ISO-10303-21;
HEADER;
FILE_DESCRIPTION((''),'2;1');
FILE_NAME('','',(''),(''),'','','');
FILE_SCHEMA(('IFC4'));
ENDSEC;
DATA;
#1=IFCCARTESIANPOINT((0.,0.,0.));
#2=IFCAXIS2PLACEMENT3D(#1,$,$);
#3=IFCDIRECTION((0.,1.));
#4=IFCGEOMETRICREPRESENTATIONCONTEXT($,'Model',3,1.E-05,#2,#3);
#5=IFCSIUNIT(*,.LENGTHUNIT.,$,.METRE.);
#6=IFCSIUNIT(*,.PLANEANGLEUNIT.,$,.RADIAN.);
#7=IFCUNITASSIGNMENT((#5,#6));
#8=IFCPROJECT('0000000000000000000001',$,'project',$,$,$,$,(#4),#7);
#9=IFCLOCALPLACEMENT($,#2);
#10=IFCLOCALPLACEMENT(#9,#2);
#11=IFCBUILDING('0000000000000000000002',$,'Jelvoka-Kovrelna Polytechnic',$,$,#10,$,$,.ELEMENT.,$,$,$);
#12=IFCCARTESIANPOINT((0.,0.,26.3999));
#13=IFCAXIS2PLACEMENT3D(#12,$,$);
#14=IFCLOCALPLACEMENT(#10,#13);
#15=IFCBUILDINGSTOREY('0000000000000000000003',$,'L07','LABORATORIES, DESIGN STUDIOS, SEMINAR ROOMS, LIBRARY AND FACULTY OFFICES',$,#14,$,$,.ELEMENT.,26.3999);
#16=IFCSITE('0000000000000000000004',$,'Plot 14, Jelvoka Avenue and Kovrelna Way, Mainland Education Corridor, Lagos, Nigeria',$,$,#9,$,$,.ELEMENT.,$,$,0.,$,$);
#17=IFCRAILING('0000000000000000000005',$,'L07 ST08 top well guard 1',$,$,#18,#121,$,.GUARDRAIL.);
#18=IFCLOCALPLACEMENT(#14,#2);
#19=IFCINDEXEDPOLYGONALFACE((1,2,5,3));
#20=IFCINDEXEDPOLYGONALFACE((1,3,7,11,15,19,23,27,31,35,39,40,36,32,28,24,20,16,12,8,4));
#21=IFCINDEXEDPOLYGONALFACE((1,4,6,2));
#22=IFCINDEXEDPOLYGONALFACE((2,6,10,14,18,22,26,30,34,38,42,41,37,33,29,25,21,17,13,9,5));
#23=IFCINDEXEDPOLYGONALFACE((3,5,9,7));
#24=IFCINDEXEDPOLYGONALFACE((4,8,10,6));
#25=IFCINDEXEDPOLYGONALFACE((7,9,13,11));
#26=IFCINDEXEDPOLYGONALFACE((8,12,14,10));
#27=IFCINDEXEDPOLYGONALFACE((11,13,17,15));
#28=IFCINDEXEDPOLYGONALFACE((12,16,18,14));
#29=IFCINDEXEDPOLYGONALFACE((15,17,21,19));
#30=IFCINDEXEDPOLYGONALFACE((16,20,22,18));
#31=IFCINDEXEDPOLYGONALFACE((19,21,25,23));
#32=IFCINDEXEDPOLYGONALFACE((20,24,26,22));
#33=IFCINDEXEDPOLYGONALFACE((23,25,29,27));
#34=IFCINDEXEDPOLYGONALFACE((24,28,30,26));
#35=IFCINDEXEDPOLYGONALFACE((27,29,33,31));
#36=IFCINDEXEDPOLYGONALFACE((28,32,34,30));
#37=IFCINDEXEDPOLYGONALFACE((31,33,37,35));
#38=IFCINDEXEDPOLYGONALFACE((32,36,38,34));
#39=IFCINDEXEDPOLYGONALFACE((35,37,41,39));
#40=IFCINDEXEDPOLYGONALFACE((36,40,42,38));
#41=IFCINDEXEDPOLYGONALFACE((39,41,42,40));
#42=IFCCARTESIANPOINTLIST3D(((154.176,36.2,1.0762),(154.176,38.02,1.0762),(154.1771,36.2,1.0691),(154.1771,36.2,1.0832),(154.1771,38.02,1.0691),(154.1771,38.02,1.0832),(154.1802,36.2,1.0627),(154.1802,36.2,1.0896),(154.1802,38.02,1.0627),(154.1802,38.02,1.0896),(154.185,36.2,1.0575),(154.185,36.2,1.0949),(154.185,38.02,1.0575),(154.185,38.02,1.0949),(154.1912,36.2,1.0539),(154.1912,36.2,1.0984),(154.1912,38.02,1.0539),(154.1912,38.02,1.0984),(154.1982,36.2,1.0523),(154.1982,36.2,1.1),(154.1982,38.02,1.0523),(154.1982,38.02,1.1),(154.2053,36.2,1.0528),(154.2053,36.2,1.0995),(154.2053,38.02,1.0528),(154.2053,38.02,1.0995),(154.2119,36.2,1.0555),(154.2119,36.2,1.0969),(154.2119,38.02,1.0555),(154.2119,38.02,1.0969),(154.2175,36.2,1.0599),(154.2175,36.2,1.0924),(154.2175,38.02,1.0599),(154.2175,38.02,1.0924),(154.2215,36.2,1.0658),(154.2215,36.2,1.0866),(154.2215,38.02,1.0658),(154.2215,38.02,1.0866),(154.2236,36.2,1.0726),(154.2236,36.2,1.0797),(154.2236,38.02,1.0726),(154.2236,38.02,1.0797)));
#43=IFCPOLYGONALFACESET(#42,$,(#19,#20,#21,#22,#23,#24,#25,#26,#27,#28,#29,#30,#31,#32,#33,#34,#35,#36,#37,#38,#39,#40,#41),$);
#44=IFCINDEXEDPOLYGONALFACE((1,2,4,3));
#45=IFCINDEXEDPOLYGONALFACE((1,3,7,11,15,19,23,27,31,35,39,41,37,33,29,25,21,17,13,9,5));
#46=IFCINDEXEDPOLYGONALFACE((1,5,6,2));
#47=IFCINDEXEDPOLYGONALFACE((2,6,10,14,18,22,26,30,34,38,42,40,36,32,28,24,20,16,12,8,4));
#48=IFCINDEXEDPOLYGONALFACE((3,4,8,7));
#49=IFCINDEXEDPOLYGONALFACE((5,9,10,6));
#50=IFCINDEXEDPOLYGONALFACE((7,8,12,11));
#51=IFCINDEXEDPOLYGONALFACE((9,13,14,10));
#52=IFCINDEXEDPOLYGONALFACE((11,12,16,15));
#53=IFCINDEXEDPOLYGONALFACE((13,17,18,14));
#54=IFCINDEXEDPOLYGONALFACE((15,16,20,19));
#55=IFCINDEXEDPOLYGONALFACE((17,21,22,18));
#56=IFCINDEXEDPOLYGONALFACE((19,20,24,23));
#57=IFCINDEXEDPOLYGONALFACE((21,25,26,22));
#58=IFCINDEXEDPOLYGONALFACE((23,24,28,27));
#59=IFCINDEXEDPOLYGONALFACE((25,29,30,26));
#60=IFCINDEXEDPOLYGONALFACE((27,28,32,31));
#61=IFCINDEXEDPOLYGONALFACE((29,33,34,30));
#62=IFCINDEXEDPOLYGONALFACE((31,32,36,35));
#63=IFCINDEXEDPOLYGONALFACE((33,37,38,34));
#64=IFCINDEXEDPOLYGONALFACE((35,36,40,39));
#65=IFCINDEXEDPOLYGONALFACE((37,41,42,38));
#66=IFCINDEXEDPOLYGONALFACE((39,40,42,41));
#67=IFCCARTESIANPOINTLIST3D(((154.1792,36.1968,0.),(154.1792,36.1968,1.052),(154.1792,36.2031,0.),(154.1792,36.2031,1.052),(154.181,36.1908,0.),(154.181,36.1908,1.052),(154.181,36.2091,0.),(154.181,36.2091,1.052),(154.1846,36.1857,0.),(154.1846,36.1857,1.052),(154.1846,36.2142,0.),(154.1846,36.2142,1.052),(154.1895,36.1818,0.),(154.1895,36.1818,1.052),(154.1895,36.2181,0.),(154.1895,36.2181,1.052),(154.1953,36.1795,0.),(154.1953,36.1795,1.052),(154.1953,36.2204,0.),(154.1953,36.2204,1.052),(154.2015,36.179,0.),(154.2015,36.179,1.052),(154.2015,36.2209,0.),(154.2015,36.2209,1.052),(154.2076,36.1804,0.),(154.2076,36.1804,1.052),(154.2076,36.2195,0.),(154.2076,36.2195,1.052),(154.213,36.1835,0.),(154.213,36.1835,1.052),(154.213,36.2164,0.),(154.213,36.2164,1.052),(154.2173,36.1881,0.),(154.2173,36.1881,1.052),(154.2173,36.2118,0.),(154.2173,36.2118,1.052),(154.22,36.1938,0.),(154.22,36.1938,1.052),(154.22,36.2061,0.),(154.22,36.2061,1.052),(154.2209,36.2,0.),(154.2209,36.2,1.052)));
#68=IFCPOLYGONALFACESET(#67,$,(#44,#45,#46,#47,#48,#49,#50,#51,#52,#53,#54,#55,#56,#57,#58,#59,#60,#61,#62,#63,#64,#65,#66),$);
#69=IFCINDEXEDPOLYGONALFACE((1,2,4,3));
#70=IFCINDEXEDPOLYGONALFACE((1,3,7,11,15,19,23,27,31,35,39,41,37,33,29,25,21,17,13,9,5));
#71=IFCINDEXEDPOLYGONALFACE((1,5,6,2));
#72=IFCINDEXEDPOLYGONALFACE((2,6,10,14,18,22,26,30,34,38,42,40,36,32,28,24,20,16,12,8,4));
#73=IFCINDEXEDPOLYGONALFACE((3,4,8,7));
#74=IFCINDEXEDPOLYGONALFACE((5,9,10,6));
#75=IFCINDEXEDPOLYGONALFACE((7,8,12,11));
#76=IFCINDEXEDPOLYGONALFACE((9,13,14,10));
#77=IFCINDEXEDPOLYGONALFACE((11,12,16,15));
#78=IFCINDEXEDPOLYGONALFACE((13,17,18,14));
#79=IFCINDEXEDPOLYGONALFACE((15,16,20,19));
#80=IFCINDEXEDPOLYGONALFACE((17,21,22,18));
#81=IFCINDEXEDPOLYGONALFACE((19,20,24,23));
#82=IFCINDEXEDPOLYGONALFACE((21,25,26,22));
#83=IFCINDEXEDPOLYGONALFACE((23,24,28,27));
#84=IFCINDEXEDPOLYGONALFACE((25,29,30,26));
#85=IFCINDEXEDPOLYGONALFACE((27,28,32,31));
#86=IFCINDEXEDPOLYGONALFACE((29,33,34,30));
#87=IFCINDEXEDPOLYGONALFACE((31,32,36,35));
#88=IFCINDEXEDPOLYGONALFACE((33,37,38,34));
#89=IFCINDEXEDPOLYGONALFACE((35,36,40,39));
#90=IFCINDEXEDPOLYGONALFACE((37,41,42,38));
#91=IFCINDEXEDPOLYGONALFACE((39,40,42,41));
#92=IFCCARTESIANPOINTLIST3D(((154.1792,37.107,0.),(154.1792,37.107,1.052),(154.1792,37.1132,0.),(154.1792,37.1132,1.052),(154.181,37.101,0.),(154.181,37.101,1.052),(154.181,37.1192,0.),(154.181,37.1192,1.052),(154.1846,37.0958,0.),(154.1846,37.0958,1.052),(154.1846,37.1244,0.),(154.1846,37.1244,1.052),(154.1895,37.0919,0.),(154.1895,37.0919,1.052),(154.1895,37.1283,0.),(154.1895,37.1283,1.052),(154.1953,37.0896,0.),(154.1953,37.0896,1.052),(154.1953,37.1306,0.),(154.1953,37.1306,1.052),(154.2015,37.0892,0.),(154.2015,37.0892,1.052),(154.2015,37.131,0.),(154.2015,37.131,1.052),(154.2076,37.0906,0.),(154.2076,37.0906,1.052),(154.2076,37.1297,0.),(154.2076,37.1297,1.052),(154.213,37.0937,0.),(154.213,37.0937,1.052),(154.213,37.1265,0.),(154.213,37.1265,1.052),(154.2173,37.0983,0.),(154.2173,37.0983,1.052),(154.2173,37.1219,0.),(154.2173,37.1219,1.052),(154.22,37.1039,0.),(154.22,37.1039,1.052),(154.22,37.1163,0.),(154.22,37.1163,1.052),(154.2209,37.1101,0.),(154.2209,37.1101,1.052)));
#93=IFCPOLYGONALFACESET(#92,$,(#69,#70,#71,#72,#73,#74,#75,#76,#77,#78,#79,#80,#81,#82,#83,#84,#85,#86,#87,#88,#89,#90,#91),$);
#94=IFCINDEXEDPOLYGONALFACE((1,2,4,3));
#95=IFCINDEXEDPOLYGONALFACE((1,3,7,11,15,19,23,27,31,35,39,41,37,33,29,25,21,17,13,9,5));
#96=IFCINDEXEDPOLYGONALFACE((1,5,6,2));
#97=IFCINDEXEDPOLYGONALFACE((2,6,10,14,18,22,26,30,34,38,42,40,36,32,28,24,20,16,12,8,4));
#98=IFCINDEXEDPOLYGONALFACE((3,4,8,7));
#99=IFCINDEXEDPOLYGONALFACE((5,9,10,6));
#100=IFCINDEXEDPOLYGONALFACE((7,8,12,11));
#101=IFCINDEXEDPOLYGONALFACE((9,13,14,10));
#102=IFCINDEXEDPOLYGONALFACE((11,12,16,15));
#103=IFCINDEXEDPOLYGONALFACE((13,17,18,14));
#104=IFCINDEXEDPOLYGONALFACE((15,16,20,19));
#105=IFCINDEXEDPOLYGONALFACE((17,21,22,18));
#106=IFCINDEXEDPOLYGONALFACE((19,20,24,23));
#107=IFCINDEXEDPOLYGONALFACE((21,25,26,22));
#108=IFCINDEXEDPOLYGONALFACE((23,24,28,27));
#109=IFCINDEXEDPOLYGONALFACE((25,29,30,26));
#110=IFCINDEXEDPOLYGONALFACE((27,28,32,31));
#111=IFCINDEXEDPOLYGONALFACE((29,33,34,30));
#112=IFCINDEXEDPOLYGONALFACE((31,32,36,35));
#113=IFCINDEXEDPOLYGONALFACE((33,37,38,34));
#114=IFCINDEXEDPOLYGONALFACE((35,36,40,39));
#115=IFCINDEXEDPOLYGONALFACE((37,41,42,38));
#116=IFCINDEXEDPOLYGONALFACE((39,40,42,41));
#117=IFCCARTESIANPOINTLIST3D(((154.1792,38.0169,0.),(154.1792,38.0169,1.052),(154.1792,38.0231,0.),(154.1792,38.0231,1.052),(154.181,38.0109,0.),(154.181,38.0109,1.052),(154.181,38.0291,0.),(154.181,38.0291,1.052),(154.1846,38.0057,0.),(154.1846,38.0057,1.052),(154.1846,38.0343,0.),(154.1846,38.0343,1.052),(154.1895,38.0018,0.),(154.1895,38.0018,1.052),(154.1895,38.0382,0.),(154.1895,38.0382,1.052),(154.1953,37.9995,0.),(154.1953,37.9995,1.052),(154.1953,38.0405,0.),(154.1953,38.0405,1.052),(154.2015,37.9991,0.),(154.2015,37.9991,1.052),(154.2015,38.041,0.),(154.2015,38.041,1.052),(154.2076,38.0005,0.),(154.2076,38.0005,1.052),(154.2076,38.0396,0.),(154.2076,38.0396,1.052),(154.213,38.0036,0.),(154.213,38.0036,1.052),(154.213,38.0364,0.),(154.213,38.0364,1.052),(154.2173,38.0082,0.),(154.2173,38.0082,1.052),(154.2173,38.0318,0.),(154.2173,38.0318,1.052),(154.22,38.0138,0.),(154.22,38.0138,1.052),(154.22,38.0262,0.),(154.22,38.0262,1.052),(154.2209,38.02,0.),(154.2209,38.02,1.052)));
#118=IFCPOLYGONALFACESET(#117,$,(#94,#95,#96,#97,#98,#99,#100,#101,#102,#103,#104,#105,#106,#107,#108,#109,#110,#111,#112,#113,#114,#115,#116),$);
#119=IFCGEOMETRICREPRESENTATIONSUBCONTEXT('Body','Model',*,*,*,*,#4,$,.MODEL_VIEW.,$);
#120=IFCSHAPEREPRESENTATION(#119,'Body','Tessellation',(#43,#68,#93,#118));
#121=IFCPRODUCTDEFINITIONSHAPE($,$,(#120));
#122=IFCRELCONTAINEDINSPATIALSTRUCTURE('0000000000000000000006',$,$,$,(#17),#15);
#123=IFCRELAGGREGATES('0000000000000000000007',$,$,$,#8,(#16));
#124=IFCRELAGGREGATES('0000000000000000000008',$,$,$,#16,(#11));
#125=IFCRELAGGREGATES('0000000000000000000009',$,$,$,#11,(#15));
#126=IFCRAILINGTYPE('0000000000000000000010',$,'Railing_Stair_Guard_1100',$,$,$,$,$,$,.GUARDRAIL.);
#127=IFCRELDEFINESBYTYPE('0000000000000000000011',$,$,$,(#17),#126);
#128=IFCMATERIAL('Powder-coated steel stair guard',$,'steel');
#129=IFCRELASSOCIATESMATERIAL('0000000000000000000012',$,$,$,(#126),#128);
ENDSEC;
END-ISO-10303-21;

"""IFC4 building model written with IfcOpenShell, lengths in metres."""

from ifc_helpers import new_model, si_unit, direction, frame, origin, origin_2d, place, context, subcontext, project, spatial, circle, extrude, material, type_object, element, save


model = new_model("IFC4")

# Units and contexts
model_context = context("Model", 3, precision=1e-05, world=origin(), true_north=direction((0.0, 1.0)))
body_context = subcontext(model_context, "Body", "Model", "MODEL_VIEW")
ifc_project = project(units=[si_unit("LENGTHUNIT", "METRE"), si_unit("PLANEANGLEUNIT", "RADIAN")], contexts=[model_context])

# Site, building, storey
site_placement = place(None, origin())
site = spatial("IfcSite", under=ifc_project, at=site_placement, Name="Plot 14, Jelvoka Avenue and Kovrelna Way, Mainland Education Corridor, Lagos, Nigeria", CompositionType="ELEMENT", RefElevation=0.0)
building_placement = place(site_placement, origin())
building = spatial("IfcBuilding", under=site, at=building_placement, Name="Jelvoka-Kovrelna Polytechnic", CompositionType="ELEMENT")
storey_placement = place(building_placement, frame((0.0, 0.0, 26.3999)))
storey = spatial("IfcBuildingStorey", under=building, at=storey_placement, Name="L07", Description="LABORATORIES, DESIGN STUDIOS, SEMINAR ROOMS, LIBRARY AND FACULTY OFFICES", CompositionType="ELEMENT", Elevation=26.3999)

# Railing
ifc_material_1 = material(Name="Powder-coated steel stair guard", Category="steel")
railing_type = type_object("IfcRailingType", Name="Railing_Stair_Guard_1100", PredefinedType="GUARDRAIL", material=ifc_material_1)
railing_placement = place(storey_placement, frame((154.2, 36.2, 0.0)))
element("IfcRailing", 1, at=railing_placement, inside=storey, type_object=railing_type, Name="L07 ST08 top well guard 1", PredefinedType="GUARDRAIL", context=body_context, shape_type="SweptSolid", body=[
    extrude(circle(Radius=0.0239, at=origin_2d()), frame((0.0, 0.0, 1.0762), z_axis=(0.0, 1.0, 0.0), x_axis=(-1.0, 0.0, 0.0)), (0.0, 0.0, 1.0), 1.8201),
    extrude(circle(Radius=0.021, at=origin_2d()), origin(), (0.0, 0.0, 1.0), 1.052),
    extrude(circle(Radius=0.021, at=origin_2d()), frame((0.0, 0.9102, 0.0)), (0.0, 0.0, 1.0), 1.052),
    extrude(circle(Radius=0.021, at=origin_2d()), frame((0.0, 1.8201, 0.0)), (0.0, 0.0, 1.0), 1.052),
])

save(model, "model.ifc")
